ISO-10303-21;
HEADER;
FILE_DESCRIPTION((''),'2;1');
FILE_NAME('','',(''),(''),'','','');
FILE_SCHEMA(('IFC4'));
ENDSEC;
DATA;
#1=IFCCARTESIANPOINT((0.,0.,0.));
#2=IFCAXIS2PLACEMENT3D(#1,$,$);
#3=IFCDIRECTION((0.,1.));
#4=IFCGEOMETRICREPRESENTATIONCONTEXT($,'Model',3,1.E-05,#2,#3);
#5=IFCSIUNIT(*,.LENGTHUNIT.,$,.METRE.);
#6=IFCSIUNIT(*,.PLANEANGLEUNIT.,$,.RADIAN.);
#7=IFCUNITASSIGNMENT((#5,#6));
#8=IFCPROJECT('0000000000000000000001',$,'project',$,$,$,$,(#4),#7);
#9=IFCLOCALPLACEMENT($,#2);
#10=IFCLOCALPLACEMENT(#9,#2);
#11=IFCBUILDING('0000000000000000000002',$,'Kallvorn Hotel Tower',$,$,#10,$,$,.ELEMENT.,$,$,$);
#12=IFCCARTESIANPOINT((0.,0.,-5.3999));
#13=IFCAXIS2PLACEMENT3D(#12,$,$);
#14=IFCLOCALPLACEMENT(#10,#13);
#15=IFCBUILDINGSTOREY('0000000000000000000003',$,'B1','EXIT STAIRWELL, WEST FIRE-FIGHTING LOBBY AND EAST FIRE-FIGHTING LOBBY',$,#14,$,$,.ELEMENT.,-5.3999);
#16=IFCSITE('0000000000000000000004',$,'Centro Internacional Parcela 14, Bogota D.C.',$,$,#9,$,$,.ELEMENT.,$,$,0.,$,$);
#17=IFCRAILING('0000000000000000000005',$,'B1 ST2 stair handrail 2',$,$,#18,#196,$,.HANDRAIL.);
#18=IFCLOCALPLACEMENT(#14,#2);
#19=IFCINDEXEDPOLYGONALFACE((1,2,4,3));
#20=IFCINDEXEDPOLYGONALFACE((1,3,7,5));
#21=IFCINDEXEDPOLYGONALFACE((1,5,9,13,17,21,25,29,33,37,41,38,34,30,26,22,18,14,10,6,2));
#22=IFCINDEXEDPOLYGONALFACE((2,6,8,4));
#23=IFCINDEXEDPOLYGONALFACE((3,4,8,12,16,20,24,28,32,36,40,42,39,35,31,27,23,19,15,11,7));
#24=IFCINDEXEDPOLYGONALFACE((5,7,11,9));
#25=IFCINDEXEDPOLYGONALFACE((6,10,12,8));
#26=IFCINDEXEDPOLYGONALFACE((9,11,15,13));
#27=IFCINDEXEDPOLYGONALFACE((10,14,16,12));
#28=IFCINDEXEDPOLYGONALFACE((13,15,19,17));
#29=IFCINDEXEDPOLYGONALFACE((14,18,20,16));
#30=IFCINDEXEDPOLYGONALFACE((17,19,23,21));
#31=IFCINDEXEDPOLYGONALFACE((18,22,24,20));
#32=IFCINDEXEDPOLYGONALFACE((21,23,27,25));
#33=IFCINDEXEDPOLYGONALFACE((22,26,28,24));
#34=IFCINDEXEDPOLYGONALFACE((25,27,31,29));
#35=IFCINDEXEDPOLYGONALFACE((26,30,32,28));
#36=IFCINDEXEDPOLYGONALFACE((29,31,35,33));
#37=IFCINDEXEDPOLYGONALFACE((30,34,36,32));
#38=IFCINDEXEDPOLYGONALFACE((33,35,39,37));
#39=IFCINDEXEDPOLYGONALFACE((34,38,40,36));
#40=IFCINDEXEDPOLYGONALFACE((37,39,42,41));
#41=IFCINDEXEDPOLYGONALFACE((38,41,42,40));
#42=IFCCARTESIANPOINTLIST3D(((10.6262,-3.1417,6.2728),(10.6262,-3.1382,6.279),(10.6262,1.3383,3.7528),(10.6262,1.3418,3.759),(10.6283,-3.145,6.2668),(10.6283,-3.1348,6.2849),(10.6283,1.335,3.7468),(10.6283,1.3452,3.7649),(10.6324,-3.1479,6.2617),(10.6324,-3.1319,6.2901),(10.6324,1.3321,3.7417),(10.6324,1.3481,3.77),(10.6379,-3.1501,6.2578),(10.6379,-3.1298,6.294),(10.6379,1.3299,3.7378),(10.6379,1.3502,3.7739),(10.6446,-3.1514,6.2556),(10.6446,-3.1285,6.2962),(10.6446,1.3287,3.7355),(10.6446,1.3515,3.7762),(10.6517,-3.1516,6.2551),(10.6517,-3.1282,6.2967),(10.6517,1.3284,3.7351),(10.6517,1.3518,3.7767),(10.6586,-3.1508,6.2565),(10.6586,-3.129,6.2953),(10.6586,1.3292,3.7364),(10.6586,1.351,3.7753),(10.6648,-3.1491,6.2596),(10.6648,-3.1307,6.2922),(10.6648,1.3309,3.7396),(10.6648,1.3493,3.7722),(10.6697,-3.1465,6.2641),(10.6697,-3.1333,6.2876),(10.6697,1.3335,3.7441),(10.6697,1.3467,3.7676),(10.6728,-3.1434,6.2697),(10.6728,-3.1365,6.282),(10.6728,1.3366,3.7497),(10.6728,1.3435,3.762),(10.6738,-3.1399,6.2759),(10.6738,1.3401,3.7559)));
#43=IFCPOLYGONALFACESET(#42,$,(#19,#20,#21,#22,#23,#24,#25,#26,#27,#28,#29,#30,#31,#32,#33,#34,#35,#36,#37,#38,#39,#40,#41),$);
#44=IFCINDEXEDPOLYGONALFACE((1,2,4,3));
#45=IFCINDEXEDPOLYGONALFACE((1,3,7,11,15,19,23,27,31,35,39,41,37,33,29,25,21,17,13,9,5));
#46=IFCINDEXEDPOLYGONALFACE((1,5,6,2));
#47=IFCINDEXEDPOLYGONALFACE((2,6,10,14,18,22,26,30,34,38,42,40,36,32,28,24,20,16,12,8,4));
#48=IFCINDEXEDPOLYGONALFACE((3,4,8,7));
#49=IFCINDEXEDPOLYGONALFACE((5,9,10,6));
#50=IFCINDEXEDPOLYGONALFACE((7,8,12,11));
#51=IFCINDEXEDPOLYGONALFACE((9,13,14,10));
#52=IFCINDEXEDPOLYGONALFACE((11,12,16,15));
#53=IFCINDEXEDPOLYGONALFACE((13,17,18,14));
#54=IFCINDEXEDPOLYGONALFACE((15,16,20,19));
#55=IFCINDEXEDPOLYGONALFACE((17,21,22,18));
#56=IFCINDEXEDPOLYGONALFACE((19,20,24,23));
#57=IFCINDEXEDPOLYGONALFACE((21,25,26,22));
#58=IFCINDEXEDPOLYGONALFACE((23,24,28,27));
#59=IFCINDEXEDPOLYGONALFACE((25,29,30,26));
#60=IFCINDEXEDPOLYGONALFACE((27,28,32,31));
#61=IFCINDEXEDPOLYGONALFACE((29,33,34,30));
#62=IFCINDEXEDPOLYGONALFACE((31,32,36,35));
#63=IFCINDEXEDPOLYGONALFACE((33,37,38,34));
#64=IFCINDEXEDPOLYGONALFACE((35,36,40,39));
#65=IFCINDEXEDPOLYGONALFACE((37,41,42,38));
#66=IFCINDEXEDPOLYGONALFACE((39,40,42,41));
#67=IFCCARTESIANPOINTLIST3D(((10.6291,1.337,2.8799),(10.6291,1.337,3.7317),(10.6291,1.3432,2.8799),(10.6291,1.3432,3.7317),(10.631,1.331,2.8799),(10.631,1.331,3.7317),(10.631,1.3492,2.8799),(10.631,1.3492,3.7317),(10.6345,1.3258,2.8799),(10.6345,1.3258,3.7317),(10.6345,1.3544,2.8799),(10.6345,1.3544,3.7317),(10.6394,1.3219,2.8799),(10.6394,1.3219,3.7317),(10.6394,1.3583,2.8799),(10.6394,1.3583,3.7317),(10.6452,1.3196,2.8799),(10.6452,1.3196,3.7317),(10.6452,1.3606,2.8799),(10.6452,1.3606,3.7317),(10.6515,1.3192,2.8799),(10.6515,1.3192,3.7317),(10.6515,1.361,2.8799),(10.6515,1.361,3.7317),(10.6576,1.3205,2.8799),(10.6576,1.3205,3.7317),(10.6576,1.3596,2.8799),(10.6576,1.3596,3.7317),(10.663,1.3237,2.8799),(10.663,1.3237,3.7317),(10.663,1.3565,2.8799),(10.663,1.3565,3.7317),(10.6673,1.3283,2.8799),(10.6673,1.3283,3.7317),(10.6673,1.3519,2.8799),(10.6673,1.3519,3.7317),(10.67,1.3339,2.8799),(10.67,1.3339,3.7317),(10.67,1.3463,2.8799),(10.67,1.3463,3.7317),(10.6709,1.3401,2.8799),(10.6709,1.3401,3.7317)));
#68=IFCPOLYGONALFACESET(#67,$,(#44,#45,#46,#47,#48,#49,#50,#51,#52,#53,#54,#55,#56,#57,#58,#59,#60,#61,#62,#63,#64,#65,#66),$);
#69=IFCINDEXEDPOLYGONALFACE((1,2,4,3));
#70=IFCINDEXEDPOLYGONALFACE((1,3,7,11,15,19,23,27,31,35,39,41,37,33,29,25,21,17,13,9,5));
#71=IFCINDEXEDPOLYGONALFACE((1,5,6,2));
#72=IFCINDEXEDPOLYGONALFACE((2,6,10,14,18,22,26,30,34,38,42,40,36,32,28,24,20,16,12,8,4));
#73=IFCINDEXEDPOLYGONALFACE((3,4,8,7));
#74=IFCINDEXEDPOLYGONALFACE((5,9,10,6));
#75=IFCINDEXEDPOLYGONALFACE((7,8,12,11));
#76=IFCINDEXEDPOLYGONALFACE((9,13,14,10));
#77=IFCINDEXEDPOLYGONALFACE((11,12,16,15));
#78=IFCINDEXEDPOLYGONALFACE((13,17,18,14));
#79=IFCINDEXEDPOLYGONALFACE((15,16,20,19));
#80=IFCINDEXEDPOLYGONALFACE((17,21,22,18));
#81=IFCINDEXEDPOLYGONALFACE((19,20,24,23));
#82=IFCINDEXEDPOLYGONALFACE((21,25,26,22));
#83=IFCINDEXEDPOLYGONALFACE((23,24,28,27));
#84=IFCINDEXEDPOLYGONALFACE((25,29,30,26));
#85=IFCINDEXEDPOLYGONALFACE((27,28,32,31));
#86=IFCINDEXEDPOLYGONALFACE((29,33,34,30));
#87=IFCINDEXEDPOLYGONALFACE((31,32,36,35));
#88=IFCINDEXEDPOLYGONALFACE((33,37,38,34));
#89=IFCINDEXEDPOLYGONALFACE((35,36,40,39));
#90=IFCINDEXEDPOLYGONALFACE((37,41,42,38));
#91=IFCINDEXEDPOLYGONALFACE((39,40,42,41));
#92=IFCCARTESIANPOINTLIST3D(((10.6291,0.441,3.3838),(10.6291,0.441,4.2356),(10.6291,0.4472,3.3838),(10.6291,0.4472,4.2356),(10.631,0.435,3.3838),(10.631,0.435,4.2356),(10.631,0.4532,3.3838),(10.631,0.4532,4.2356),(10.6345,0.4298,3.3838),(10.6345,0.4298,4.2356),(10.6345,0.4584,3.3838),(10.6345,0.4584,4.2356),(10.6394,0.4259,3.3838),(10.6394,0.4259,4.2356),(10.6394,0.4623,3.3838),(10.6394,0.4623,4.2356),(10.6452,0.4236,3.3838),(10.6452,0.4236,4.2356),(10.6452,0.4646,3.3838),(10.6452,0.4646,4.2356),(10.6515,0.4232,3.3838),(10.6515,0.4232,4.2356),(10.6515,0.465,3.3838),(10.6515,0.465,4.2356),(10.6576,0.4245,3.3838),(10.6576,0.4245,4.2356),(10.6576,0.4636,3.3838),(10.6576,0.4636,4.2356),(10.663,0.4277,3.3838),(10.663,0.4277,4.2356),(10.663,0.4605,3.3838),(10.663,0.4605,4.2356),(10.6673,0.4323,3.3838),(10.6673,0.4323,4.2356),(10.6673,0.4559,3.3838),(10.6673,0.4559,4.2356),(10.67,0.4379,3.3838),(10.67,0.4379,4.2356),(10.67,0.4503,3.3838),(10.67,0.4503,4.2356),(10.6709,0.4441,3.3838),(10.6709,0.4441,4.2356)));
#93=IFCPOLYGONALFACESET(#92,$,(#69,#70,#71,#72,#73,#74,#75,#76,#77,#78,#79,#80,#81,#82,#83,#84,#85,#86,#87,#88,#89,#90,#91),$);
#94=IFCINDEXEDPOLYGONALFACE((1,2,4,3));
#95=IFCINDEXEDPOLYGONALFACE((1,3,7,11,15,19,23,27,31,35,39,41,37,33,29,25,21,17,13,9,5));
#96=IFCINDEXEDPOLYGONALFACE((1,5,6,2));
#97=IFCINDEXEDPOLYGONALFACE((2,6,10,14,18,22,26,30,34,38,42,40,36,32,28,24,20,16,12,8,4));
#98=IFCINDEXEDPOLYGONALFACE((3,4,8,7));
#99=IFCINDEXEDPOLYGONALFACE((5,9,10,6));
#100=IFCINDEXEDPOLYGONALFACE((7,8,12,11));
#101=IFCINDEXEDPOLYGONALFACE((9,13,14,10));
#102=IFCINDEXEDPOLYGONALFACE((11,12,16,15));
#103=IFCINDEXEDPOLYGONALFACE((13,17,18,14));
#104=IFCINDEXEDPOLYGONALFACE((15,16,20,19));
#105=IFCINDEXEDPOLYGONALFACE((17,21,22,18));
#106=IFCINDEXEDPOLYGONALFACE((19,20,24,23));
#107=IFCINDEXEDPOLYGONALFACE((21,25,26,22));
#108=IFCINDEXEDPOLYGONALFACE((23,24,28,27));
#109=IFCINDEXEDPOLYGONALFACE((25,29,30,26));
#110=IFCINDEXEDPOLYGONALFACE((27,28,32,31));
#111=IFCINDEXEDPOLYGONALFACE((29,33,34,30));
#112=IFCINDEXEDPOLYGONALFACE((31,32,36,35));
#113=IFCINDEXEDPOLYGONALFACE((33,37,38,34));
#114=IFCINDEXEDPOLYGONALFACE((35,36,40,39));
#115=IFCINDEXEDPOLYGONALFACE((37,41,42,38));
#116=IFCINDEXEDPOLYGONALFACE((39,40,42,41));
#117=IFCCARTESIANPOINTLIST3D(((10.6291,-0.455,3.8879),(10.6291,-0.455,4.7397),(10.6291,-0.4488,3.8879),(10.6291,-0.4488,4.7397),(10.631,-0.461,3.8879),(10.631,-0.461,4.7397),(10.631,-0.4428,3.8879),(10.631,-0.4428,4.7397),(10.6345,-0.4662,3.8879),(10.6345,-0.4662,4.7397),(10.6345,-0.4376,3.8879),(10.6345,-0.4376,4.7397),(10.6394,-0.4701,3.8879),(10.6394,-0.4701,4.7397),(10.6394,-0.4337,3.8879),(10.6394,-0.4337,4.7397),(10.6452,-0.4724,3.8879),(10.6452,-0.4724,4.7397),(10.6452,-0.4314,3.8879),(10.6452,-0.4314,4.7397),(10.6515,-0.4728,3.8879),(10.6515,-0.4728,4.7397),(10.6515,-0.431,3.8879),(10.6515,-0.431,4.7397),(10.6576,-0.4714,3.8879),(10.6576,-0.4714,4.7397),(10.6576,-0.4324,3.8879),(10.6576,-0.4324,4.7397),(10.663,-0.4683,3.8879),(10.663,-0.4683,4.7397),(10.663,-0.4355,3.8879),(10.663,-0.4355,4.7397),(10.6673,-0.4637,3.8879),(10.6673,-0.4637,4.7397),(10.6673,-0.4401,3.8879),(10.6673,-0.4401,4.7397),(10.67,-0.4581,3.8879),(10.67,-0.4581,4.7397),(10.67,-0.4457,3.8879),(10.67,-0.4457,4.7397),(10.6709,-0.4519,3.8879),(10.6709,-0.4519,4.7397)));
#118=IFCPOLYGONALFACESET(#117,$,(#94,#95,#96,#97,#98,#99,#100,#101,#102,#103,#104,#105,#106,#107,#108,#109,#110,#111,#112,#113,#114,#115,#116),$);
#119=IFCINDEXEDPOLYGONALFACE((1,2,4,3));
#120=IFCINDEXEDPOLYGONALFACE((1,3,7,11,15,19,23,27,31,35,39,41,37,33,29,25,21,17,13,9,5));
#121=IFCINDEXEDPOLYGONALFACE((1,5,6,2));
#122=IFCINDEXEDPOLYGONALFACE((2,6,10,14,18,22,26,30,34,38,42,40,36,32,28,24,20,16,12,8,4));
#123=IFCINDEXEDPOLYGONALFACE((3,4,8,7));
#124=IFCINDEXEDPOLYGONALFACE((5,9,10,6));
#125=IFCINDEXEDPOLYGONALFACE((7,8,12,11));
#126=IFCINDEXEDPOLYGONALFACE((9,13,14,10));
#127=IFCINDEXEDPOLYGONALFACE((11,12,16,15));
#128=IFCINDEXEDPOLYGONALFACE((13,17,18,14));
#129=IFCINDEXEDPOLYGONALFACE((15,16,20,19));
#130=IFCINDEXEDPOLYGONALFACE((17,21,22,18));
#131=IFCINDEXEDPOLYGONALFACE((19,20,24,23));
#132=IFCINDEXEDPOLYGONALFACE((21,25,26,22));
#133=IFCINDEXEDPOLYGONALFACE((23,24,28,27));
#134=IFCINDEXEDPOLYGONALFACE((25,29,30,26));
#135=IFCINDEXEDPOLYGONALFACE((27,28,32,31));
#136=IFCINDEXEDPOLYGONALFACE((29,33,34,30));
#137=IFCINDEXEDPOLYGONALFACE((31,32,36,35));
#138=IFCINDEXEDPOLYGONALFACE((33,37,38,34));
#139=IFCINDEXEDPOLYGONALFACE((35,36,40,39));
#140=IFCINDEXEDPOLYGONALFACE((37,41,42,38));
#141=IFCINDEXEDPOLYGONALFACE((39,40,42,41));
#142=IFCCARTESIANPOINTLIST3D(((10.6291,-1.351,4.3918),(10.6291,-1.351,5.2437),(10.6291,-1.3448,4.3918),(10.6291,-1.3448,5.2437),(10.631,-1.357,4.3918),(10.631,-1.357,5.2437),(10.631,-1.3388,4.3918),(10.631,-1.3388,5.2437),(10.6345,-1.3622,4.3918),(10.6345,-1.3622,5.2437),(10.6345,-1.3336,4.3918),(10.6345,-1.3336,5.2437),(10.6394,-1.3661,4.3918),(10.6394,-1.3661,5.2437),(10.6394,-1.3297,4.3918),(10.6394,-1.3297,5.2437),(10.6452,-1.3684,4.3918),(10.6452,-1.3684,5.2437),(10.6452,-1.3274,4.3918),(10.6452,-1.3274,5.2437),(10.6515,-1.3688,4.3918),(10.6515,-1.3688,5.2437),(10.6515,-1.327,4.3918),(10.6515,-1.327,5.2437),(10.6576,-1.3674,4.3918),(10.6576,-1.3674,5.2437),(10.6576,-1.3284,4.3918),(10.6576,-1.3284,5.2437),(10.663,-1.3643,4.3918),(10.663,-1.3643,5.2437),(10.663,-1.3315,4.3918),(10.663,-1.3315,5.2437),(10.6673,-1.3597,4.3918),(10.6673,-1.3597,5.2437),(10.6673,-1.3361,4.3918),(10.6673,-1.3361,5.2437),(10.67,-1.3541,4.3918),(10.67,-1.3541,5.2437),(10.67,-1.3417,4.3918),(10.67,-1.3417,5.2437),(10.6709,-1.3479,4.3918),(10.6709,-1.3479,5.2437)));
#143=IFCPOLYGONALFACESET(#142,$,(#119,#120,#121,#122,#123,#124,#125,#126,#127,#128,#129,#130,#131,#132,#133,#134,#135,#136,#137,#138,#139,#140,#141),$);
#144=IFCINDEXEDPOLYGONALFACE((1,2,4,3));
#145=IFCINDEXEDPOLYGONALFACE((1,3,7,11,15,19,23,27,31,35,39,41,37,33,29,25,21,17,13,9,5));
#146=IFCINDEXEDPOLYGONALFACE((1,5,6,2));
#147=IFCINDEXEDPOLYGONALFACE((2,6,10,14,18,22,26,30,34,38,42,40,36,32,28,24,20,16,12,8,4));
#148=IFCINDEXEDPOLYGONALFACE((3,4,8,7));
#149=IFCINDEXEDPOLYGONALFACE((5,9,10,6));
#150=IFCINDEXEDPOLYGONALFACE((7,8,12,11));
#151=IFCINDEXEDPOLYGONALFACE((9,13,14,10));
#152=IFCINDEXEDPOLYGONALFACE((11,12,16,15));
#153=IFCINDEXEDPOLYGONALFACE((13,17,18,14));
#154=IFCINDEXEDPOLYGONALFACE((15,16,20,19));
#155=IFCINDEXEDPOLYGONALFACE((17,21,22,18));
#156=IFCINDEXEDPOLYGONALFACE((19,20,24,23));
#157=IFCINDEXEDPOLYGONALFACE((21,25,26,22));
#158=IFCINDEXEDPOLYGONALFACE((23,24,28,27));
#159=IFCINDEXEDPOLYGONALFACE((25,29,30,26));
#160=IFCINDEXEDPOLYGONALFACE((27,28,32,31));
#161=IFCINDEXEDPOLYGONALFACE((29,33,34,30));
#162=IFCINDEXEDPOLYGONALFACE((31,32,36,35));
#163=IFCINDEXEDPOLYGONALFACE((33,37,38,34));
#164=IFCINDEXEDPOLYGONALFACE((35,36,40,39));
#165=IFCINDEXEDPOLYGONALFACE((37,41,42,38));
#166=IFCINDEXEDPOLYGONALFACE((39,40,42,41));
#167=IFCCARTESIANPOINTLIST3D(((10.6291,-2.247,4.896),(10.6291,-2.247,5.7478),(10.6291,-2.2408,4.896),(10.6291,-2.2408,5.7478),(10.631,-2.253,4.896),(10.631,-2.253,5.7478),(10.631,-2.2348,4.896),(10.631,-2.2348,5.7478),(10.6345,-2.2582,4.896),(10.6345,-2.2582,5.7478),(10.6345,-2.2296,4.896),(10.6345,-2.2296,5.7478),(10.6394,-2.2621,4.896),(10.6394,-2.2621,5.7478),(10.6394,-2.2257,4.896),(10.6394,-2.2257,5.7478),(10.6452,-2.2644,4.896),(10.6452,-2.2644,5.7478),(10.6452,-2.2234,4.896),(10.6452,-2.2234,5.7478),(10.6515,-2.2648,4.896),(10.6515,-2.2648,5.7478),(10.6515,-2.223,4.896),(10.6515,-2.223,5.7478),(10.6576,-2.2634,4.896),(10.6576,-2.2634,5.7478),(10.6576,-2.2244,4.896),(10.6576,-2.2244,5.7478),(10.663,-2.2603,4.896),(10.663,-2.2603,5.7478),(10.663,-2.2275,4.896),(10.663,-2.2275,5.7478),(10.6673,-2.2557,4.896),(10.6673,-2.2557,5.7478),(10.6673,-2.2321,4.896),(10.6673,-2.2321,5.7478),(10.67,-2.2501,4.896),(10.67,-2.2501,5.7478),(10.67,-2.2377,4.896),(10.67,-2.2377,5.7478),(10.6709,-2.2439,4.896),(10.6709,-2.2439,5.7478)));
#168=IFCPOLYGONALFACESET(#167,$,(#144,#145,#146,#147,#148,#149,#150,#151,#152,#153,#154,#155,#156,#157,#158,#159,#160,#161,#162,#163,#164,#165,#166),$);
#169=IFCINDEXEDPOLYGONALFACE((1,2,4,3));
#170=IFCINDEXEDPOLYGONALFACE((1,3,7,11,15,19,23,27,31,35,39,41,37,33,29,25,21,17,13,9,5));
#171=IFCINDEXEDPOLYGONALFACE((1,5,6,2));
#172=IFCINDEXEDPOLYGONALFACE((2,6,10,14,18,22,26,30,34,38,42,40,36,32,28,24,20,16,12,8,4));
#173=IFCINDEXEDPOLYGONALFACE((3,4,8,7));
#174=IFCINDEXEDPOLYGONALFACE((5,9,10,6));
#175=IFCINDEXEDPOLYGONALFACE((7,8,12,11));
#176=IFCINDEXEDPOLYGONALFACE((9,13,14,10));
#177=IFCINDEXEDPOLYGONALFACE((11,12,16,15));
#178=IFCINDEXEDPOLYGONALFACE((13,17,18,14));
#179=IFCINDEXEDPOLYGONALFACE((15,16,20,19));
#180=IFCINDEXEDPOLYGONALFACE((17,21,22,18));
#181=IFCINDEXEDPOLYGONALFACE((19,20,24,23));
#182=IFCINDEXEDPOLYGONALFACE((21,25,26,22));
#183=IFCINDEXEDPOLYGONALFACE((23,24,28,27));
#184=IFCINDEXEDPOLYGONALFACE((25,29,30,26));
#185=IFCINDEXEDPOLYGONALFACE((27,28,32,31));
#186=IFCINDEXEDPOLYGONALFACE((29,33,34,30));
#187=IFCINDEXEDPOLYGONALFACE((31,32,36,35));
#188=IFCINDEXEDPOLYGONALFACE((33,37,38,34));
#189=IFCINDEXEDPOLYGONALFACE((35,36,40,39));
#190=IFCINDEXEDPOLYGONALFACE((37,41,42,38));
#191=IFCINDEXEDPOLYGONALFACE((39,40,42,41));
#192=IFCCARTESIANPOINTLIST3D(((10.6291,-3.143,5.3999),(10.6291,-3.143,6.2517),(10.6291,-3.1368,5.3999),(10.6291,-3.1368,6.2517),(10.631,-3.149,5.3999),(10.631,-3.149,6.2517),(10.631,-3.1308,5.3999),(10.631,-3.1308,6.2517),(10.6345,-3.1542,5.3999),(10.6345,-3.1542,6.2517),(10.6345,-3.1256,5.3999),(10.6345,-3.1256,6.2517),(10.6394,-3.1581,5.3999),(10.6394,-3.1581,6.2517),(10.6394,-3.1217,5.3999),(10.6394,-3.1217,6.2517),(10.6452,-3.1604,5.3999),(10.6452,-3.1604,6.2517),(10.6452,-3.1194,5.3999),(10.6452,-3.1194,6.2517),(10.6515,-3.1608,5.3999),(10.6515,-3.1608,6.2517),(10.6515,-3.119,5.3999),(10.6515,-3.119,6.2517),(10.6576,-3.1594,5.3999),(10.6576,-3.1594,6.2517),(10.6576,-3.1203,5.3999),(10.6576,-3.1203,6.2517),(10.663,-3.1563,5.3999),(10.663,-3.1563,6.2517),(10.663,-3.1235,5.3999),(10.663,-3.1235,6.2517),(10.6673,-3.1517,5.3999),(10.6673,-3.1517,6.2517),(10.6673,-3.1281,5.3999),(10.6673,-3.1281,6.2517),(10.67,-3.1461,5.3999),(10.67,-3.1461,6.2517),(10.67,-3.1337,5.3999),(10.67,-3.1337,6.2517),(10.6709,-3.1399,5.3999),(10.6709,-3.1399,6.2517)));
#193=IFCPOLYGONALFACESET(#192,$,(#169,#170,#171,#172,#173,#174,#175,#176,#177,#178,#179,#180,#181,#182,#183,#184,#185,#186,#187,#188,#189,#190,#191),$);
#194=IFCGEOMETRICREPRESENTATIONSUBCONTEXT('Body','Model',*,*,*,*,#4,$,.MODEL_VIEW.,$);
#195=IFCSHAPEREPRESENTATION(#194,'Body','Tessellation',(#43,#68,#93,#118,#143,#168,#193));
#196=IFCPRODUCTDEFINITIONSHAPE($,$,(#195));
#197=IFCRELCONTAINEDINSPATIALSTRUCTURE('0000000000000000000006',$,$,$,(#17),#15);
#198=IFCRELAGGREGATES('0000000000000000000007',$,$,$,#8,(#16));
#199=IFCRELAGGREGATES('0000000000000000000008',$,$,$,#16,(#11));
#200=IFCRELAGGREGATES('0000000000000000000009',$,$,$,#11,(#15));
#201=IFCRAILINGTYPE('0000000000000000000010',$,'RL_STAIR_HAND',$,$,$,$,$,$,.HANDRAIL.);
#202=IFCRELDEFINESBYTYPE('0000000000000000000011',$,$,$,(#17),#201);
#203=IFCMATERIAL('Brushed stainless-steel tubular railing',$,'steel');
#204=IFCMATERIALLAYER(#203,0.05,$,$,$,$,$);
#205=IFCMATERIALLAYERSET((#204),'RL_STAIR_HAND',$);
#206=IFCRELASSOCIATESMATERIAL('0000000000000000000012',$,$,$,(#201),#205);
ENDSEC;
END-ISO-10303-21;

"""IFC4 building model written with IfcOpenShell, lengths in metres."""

from ifc_helpers import new_model, si_unit, direction, frame, origin, origin_2d, place, context, subcontext, project, spatial, circle, extrude, material, layer, layer_set, type_object, element, save


model = new_model("IFC4")

# Units and contexts
model_context = context("Model", 3, precision=1e-05, world=origin(), true_north=direction((0.0, 1.0)))
body_context = subcontext(model_context, "Body", "Model", "MODEL_VIEW")
ifc_project = project(units=[si_unit("LENGTHUNIT", "METRE"), si_unit("PLANEANGLEUNIT", "RADIAN")], contexts=[model_context])

# Site, building, storey
site_placement = place(None, origin())
site = spatial("IfcSite", under=ifc_project, at=site_placement, Name="Centro Internacional Parcela 14, Bogota D.C.", CompositionType="ELEMENT", RefElevation=0.0)
building_placement = place(site_placement, origin())
building = spatial("IfcBuilding", under=site, at=building_placement, Name="Kallvorn Hotel Tower", CompositionType="ELEMENT")
storey_placement = place(building_placement, frame((0.0, 0.0, -5.3999)))
storey = spatial("IfcBuildingStorey", under=building, at=storey_placement, Name="B1", Description="EXIT STAIRWELL, WEST FIRE-FIGHTING LOBBY AND EAST FIRE-FIGHTING LOBBY", CompositionType="ELEMENT", Elevation=-5.3999)

# Railing
ifc_material_1 = material(Name="Brushed stainless-steel tubular railing", Category="steel")
ifc_layer_1 = layer(ifc_material_1, 0.05)
ifc_layer_set_1 = layer_set([ifc_layer_1], Name="RL_STAIR_HAND")
railing_type_1 = type_object("IfcRailingType", Name="RL_STAIR_HAND", PredefinedType="HANDRAIL", material=ifc_layer_set_1)
railing_1_placement = place(storey_placement, frame((10.6499, 1.3401, 2.8799)))
element("IfcRailing", 1, at=railing_1_placement, inside=storey, type_object=railing_type_1, Name="B1 ST2 stair handrail 2", PredefinedType="HANDRAIL", context=body_context, shape_type="SweptSolid", body=[
    extrude(circle(Radius=0.0239, at=origin_2d()), frame((0.0, 0.0, 0.876), z_axis=(0.0, -0.871573, 0.490266), x_axis=(1.0, 0.0, 0.0)), (0.0, 0.0, 1.0), 5.1401),
    extrude(circle(Radius=0.021, at=origin_2d()), origin(), (0.0, 0.0, 1.0), 0.8518),
    extrude(circle(Radius=0.021, at=origin_2d()), frame((0.0, -0.896, 0.5039)), (0.0, 0.0, 1.0), 0.8518),
    extrude(circle(Radius=0.021, at=origin_2d()), frame((0.0, -1.792, 1.0081)), (0.0, 0.0, 1.0), 0.8518),
    extrude(circle(Radius=0.021, at=origin_2d()), frame((0.0, -2.688, 1.512)), (0.0, 0.0, 1.0), 0.8518),
    extrude(circle(Radius=0.021, at=origin_2d()), frame((0.0, -3.584, 2.0161)), (0.0, 0.0, 1.0), 0.8518),
    extrude(circle(Radius=0.021, at=origin_2d()), frame((0.0, -4.48, 2.52)), (0.0, 0.0, 1.0), 0.8518),
])

save(model, "model.ifc")
